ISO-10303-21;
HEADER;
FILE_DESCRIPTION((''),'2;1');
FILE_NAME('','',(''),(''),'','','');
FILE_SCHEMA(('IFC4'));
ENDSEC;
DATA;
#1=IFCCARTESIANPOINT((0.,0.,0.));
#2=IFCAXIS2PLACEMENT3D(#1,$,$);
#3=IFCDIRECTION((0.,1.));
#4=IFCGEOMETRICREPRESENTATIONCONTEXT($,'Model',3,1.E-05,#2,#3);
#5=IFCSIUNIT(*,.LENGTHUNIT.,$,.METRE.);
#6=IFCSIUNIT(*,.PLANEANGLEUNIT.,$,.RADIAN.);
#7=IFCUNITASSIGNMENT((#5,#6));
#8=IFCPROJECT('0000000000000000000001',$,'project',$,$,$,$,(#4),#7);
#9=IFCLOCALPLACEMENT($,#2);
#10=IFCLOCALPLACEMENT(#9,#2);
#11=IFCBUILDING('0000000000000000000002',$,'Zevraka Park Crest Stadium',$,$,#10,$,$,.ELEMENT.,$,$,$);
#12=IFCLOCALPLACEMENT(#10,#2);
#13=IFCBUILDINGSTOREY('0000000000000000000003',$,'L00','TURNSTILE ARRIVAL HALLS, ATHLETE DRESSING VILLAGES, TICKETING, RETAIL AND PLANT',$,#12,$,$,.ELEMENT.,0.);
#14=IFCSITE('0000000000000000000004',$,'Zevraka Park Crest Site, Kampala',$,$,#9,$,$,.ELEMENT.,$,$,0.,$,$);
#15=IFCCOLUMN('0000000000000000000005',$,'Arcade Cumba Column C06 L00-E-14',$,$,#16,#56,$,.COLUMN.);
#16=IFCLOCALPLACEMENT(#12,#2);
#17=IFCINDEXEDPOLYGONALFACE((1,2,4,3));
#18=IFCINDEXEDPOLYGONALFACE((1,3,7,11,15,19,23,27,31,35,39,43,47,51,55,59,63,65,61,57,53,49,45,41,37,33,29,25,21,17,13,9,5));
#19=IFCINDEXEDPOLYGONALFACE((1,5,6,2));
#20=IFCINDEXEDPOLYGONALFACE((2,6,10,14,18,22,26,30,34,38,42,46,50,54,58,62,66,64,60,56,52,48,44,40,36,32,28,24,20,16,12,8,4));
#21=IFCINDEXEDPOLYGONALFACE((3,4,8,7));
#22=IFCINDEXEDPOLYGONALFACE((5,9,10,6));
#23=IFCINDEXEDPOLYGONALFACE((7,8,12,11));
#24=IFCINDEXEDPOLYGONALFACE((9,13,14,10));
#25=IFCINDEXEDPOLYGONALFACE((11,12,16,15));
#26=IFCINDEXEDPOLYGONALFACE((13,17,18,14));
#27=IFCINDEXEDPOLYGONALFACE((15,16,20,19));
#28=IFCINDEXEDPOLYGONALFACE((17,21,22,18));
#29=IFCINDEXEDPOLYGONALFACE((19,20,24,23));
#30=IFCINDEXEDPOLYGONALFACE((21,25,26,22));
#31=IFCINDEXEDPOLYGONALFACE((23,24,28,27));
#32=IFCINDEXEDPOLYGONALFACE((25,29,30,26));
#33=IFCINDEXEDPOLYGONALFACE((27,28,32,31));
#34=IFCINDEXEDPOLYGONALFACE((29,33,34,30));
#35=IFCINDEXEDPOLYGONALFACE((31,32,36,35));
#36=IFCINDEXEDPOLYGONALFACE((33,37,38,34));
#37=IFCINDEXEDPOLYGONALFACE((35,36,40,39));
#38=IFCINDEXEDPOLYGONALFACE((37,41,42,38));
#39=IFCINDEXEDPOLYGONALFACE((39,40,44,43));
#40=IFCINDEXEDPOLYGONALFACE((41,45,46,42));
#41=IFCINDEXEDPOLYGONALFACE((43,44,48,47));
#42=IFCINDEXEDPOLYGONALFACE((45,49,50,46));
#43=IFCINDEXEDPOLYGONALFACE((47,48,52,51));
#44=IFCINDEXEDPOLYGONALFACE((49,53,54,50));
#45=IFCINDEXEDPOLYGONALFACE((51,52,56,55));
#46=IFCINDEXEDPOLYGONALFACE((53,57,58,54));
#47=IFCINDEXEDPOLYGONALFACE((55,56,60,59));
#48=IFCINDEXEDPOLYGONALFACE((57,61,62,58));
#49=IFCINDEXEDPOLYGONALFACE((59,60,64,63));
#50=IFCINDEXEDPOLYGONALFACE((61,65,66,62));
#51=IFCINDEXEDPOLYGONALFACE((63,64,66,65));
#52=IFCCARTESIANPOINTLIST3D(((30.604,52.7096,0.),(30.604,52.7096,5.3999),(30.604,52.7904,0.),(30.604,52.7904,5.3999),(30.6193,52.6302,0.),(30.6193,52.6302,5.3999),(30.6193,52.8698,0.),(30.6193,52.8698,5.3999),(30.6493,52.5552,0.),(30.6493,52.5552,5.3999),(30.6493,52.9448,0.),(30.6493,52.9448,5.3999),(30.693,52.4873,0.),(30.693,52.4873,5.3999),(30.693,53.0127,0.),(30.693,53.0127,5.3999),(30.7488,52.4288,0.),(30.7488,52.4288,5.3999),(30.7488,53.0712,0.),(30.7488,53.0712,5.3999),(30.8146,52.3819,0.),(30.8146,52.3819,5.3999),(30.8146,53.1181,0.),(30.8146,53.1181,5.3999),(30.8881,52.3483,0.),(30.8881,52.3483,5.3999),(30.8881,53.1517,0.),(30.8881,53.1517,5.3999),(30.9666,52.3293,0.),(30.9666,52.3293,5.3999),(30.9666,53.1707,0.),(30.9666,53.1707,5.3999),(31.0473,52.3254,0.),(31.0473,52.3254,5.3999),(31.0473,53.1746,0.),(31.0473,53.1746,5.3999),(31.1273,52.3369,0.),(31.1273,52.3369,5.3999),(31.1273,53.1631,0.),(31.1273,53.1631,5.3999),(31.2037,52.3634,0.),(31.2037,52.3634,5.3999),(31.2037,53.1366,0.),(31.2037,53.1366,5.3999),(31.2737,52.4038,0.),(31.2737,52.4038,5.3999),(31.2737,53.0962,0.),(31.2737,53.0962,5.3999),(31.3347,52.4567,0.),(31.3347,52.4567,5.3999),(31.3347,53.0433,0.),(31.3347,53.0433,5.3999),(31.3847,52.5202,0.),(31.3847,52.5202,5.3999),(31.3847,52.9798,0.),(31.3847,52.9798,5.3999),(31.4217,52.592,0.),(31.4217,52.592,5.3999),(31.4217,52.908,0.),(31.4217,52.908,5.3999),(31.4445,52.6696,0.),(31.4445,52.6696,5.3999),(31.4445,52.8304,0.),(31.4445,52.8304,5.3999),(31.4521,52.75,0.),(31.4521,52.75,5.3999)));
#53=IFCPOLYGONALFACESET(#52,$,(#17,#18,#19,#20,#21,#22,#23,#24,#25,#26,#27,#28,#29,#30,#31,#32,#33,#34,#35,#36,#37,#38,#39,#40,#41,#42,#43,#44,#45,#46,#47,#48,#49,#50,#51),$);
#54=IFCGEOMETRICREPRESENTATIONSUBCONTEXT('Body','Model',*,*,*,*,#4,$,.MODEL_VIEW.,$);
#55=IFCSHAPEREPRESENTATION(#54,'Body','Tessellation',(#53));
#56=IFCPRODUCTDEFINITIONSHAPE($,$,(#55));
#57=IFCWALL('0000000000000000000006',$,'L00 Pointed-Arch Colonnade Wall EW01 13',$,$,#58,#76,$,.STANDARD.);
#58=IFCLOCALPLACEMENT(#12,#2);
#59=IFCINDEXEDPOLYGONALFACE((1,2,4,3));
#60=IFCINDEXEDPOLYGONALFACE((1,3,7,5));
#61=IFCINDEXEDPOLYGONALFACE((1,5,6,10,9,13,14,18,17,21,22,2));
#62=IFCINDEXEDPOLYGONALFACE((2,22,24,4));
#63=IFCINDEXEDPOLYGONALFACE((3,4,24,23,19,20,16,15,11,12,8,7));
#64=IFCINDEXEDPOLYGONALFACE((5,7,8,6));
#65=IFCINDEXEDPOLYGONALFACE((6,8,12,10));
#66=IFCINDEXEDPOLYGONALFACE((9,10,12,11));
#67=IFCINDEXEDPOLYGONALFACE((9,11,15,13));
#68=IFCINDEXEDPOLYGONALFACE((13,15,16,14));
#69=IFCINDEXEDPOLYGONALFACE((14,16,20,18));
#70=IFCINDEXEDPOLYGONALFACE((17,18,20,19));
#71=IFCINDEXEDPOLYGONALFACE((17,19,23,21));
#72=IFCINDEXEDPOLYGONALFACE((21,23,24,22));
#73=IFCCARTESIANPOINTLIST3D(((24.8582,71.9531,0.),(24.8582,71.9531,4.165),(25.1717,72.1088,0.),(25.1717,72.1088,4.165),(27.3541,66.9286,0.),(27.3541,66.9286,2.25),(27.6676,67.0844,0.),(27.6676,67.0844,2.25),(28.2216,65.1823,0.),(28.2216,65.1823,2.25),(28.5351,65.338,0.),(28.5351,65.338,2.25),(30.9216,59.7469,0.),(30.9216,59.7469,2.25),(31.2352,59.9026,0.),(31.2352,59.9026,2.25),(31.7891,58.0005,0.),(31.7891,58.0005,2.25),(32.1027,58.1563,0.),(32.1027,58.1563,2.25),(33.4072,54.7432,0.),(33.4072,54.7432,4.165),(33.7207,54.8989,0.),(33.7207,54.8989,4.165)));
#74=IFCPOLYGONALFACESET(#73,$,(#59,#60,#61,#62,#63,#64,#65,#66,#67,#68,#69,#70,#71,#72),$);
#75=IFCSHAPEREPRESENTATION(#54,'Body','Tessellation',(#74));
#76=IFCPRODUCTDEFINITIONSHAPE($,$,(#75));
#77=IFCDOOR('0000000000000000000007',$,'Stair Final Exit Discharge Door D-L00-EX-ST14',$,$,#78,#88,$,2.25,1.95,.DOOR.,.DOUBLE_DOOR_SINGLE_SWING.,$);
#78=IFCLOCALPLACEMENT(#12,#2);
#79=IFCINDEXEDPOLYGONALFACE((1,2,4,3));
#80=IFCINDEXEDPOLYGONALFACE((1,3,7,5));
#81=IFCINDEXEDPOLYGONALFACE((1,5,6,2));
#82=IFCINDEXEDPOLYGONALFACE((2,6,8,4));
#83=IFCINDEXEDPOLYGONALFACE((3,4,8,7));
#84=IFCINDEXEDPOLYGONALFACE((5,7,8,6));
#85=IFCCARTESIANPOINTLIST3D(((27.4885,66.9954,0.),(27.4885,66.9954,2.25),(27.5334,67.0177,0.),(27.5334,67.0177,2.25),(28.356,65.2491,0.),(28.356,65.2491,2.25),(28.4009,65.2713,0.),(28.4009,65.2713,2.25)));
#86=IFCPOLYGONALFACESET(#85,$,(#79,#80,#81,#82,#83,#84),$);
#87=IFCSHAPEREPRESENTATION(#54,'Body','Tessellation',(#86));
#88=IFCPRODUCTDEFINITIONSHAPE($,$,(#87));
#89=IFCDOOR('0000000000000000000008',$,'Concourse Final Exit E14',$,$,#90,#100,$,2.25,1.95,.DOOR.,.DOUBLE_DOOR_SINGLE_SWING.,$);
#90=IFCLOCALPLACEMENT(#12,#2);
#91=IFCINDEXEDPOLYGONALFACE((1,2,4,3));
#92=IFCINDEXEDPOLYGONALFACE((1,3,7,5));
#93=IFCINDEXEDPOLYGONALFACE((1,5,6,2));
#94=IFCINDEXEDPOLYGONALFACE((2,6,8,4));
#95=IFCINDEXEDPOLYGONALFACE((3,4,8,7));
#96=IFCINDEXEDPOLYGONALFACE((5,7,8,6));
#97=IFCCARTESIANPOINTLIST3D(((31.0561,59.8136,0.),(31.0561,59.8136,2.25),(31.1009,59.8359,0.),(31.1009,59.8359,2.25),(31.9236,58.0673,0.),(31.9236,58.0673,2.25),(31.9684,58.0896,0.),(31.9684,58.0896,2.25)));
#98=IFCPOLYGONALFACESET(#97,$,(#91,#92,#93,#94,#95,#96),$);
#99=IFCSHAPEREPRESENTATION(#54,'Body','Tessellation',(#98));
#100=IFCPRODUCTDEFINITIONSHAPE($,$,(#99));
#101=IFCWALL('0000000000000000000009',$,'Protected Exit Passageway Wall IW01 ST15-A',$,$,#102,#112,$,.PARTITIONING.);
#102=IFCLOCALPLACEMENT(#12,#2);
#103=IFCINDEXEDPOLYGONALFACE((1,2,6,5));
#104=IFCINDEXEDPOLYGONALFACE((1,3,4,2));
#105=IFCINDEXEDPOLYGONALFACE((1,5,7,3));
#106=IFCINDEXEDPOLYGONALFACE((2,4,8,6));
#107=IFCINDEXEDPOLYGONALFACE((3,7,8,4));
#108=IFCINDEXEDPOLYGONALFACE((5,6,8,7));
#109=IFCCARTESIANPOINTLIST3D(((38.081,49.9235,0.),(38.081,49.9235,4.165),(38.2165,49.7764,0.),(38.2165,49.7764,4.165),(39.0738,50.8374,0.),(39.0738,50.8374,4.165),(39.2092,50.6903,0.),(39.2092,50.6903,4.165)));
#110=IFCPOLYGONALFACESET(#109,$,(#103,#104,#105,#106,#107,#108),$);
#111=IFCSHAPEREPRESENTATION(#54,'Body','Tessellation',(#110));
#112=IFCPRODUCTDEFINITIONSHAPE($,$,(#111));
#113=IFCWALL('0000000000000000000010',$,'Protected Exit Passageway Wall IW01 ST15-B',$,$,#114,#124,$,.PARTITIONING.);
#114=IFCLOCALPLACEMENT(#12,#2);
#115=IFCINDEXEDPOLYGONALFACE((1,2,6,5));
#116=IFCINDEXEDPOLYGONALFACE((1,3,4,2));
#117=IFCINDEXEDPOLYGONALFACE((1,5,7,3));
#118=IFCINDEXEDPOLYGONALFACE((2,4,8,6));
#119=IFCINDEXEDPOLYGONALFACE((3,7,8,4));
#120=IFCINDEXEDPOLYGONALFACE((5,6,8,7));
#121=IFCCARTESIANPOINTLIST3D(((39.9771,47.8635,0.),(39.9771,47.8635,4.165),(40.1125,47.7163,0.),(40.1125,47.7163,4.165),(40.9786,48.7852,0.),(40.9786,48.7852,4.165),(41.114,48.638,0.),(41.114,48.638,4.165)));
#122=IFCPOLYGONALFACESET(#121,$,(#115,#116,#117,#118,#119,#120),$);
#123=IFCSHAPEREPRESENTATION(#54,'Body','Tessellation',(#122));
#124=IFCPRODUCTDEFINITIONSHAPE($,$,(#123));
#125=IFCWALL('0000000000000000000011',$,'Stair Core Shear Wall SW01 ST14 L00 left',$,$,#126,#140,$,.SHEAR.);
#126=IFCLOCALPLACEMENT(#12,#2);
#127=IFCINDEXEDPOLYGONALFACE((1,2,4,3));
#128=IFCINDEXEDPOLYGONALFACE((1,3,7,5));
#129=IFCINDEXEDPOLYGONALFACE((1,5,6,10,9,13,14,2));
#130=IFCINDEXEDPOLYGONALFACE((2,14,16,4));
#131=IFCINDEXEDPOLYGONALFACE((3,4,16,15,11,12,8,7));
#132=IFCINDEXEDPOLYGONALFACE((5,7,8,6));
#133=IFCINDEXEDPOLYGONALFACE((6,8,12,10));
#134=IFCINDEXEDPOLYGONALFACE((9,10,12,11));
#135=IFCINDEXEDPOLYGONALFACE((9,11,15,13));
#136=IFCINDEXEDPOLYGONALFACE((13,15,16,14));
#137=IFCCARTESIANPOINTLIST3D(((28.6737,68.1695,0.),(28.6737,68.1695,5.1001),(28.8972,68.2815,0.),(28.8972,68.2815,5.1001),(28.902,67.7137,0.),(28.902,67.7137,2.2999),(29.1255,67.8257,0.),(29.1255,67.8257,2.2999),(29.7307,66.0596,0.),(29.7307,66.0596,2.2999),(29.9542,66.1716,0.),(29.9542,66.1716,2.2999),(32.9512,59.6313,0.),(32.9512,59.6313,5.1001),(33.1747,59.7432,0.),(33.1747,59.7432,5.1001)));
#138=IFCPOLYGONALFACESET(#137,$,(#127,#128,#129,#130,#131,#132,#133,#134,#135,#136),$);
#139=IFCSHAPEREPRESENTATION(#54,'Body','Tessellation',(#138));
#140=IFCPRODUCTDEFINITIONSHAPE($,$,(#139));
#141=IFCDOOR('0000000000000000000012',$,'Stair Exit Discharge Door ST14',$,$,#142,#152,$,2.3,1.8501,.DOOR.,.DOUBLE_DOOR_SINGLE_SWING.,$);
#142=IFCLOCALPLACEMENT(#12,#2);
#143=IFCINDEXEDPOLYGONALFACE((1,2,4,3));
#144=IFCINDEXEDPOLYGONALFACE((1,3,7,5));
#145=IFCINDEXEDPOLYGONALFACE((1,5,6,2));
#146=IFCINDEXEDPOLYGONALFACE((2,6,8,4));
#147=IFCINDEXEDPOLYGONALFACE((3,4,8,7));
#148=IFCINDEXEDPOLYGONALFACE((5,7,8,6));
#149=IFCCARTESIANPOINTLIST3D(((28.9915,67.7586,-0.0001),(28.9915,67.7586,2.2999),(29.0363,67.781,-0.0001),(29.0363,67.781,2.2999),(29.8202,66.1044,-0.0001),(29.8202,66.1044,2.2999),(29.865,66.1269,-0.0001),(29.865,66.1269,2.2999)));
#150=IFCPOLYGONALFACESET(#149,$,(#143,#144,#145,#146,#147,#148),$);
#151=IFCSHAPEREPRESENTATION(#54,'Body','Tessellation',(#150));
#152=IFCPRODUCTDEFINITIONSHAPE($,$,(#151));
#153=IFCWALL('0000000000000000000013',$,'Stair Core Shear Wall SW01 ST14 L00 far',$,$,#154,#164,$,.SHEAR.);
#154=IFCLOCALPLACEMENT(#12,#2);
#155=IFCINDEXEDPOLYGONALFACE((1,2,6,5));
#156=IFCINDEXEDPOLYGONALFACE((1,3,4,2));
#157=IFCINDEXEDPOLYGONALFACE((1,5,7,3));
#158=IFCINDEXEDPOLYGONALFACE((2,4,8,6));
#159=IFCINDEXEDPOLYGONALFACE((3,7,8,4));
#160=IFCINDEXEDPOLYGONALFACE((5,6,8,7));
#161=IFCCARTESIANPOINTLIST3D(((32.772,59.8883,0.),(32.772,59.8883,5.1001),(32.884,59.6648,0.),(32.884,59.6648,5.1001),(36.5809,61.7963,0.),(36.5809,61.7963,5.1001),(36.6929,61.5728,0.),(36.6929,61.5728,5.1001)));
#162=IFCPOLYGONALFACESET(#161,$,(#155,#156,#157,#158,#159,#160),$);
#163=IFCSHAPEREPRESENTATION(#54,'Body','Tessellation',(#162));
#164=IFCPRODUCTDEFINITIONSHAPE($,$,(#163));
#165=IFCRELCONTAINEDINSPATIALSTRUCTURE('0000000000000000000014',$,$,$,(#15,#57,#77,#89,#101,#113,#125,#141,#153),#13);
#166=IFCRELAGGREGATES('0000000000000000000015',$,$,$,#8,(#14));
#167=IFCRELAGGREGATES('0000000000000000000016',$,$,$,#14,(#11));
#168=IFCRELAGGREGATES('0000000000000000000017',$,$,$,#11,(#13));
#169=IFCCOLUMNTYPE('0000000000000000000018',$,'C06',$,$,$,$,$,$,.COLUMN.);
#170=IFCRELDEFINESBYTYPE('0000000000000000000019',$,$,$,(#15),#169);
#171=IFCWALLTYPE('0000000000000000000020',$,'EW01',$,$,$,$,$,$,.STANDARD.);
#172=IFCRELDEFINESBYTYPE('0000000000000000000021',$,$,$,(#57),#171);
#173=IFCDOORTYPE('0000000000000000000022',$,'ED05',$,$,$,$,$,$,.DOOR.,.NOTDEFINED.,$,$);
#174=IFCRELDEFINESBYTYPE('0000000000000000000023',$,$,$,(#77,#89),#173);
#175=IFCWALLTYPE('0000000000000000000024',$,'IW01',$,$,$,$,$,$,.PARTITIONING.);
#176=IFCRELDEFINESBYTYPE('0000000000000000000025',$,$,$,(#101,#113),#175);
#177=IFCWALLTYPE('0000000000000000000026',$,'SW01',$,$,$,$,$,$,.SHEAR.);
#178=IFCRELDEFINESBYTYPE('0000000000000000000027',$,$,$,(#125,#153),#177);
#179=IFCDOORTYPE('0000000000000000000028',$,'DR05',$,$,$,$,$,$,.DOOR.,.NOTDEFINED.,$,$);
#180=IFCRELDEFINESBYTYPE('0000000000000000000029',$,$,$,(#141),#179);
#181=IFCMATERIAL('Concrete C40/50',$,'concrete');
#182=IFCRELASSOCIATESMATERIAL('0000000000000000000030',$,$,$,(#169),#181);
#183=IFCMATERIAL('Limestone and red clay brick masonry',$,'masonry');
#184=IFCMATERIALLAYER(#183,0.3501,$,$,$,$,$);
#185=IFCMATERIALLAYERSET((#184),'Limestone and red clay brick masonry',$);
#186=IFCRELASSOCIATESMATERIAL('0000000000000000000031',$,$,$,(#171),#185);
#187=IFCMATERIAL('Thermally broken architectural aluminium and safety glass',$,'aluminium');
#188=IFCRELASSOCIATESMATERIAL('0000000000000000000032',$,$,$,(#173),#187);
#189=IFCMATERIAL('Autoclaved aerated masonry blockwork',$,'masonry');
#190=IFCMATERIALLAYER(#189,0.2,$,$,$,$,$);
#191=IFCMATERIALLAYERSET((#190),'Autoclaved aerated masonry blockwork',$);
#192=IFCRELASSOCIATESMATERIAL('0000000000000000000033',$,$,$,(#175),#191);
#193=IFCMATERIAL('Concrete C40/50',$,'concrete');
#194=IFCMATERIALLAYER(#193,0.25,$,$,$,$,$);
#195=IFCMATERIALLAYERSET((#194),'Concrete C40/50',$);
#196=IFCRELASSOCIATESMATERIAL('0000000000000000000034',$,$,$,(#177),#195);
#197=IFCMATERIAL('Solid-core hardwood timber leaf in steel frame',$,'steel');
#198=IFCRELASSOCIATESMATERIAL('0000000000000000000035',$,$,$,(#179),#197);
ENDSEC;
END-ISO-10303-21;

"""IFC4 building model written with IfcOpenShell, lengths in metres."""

from ifc_helpers import new_model, si_unit, direction, frame, frame_2d, origin, origin_2d, place, context, subcontext, project, spatial, rectangle, circle, extrude, material, layer, layer_set, material_profile, profile_set, type_object, element, fill, save


model = new_model("IFC4")

# Units and contexts
model_context = context("Model", 3, precision=1e-05, world=origin(), true_north=direction((0.0, 1.0)))
body_context = subcontext(model_context, "Body", "Model", "MODEL_VIEW")
ifc_project = project(units=[si_unit("LENGTHUNIT", "METRE"), si_unit("PLANEANGLEUNIT", "RADIAN")], contexts=[model_context])

# Site, building, storey
site_placement = place(None, origin())
site = spatial("IfcSite", under=ifc_project, at=site_placement, Name="Zevraka Park Crest Site, Kampala", CompositionType="ELEMENT", RefElevation=0.0)
building_placement = place(site_placement, origin())
building = spatial("IfcBuilding", under=site, at=building_placement, Name="Zevraka Park Crest Stadium", CompositionType="ELEMENT")
storey_placement = place(building_placement, origin())
storey = spatial("IfcBuildingStorey", under=building, at=storey_placement, Name="L00", Description="TURNSTILE ARRIVAL HALLS, ATHLETE DRESSING VILLAGES, TICKETING, RETAIL AND PLANT", CompositionType="ELEMENT", Elevation=0.0)

# Column
ifc_material_1 = material(Name="Concrete C40/50", Category="concrete")
ifc_material_profile_1 = material_profile(ifc_material_1, circle(Radius=0.425, at=origin_2d()), Name="RC D850")
ifc_profile_set_1 = profile_set([ifc_material_profile_1], Name="Concrete C40/50")
column_type_1 = type_object("IfcColumnType", Name="C06", PredefinedType="COLUMN", material=ifc_profile_set_1)
column_1_placement = place(storey_placement, frame((31.0271, 52.75, 0.0), z_axis=(0.0, 0.0, 1.0), x_axis=(1.0, 0.0, 0.0)))
element("IfcColumn", 1, at=column_1_placement, inside=storey, type_object=column_type_1, Name="Arcade Cumba Column C06 L00-E-14", PredefinedType="COLUMN", context=body_context, shape_type="SweptSolid", body=[
    extrude(circle(Radius=0.425, at=origin_2d()), origin(), (0.0, 0.0, 1.0), 5.3999),
])

# Wall, openings, doors
ifc_material_2 = material(Name="Limestone and red clay brick masonry", Category="masonry")
ifc_layer_1 = layer(ifc_material_2, 0.3501)
ifc_layer_set_1 = layer_set([ifc_layer_1], Name="Limestone and red clay brick masonry")
wall_type_1 = type_object("IfcWallType", Name="EW01", PredefinedType="STANDARD", material=ifc_layer_set_1)
wall_1_placement = place(storey_placement, frame((33.564, 54.821, 0.0), z_axis=(0.0, 0.0, 1.0), x_axis=(-0.444885, 0.895588, 0.0)))
wall_1 = element("IfcWall", 2, at=wall_1_placement, inside=storey, type_object=wall_type_1, Name="L00 Pointed-Arch Colonnade Wall EW01 13", PredefinedType="STANDARD", context=body_context, shape_type="SweptSolid", body=[
    extrude(rectangle(XDim=19.2163, YDim=0.3501, at=frame_2d((9.6082, 0.0))), origin(), (0.0, 0.0, 1.0), 4.165),
])
opening_1_placement = place(wall_1_placement, frame((11.656, 0.0, 0.0)))
opening_1 = element("IfcOpeningElement", 3, at=opening_1_placement, cuts=wall_1, PredefinedType="OPENING", context=body_context, shape_type="SweptSolid", body=[
    extrude(rectangle(XDim=1.95, YDim=2.25, at=frame_2d((0.9751, 1.125))), frame((0.0, 0.1851, 0.0), z_axis=(0.0, -1.0, 0.0), x_axis=(1.0, 0.0, 0.0)), (0.0, 0.0, 1.0), 0.3701),
])
opening_2_placement = place(wall_1_placement, frame((3.637, 0.0, 0.0)))
opening_2 = element("IfcOpeningElement", 4, at=opening_2_placement, cuts=wall_1, PredefinedType="OPENING", context=body_context, shape_type="SweptSolid", body=[
    extrude(rectangle(XDim=1.95, YDim=2.25, at=frame_2d((0.9751, 1.125))), frame((0.0, 0.1851, 0.0), z_axis=(0.0, -1.0, 0.0), x_axis=(1.0, 0.0, 0.0)), (0.0, 0.0, 1.0), 0.3701),
])
ifc_material_3 = material(Name="Thermally broken architectural aluminium and safety glass", Category="aluminium")
door_type_1 = type_object("IfcDoorType", Name="ED05", OperationType="NOTDEFINED", PredefinedType="DOOR", material=ifc_material_3)
door_1_placement = place(opening_1_placement, origin())
door_1 = element("IfcDoor", 5, at=door_1_placement, inside=storey, type_object=door_type_1, Name="Stair Final Exit Discharge Door D-L00-EX-ST14", OperationType="DOUBLE_DOOR_SINGLE_SWING", OverallHeight=2.25, OverallWidth=1.95, PredefinedType="DOOR", context=body_context, shape_type="SweptSolid", body=[
    extrude(rectangle(XDim=1.95, YDim=2.25, at=frame_2d((0.9751, 1.125))), frame((0.0, 0.0249, 0.0), z_axis=(0.0, -1.0, 0.0), x_axis=(1.0, 0.0, 0.0)), (0.0, 0.0, 1.0), 0.05),
])
fill(opening_1, door_1)
door_2_placement = place(opening_2_placement, origin())
door_2 = element("IfcDoor", 6, at=door_2_placement, inside=storey, type_object=door_type_1, Name="Concourse Final Exit E14", OperationType="DOUBLE_DOOR_SINGLE_SWING", OverallHeight=2.25, OverallWidth=1.95, PredefinedType="DOOR", context=body_context, shape_type="SweptSolid", body=[
    extrude(rectangle(XDim=1.95, YDim=2.25, at=frame_2d((0.9751, 1.125))), frame((0.0, 0.0249, 0.0), z_axis=(0.0, -1.0, 0.0), x_axis=(1.0, 0.0, 0.0)), (0.0, 0.0, 1.0), 0.05),
])
fill(opening_2, door_2)

# Walls
ifc_material_4 = material(Name="Autoclaved aerated masonry blockwork", Category="masonry")
ifc_layer_2 = layer(ifc_material_4, 0.2)
ifc_layer_set_2 = layer_set([ifc_layer_2], Name="Autoclaved aerated masonry blockwork")
wall_type_2 = type_object("IfcWallType", Name="IW01", PredefinedType="PARTITIONING", material=ifc_layer_set_2)
wall_2_placement = place(storey_placement, frame((39.1416, 50.7639, 0.0), z_axis=(0.0, 0.0, 1.0), x_axis=(-0.735725, -0.67728, 0.0)))
element("IfcWall", 7, at=wall_2_placement, inside=storey, type_object=wall_type_2, Name="Protected Exit Passageway Wall IW01 ST15-A", PredefinedType="PARTITIONING", context=body_context, shape_type="SweptSolid", body=[
    extrude(rectangle(XDim=1.3494, YDim=0.2, at=frame_2d((0.6748, 0.0))), origin(), (0.0, 0.0, 1.0), 4.165),
])
wall_3_placement = place(storey_placement, frame((41.0464, 48.7117, 0.0), z_axis=(0.0, 0.0, 1.0), x_axis=(-0.735827, -0.677169, 0.0)))
element("IfcWall", 8, at=wall_3_placement, inside=storey, type_object=wall_type_2, Name="Protected Exit Passageway Wall IW01 ST15-B", PredefinedType="PARTITIONING", context=body_context, shape_type="SweptSolid", body=[
    extrude(rectangle(XDim=1.3611, YDim=0.2, at=frame_2d((0.6807, 0.0))), origin(), (0.0, 0.0, 1.0), 4.165),
])

# Wall, opening, door
ifc_material_5 = material(Name="Concrete C40/50", Category="concrete")
ifc_layer_3 = layer(ifc_material_5, 0.25)
ifc_layer_set_3 = layer_set([ifc_layer_3], Name="Concrete C40/50")
wall_type_3 = type_object("IfcWallType", Name="SW01", PredefinedType="SHEAR", material=ifc_layer_set_3)
wall_4_placement = place(storey_placement, frame((33.063, 59.6873, 0.0), z_axis=(0.0, 0.0, 1.0), x_axis=(-0.447919, 0.894074, 0.0)))
wall_4 = element("IfcWall", 9, at=wall_4_placement, inside=storey, type_object=wall_type_3, Name="Stair Core Shear Wall SW01 ST14 L00 left", PredefinedType="SHEAR", context=body_context, shape_type="SweptSolid", body=[
    extrude(rectangle(XDim=9.5498, YDim=0.25, at=frame_2d((4.7749, 0.0))), origin(), (0.0, 0.0, 1.0), 5.1001),
])
opening_3_placement = place(wall_4_placement, frame((7.1899, 0.0, 0.0)))
opening_3 = element("IfcOpeningElement", 10, at=opening_3_placement, cuts=wall_4, PredefinedType="OPENING", context=body_context, shape_type="SweptSolid", body=[
    extrude(rectangle(XDim=1.8501, YDim=2.3, at=frame_2d((0.925, 1.1499))), frame((0.0, 0.135, 0.0), z_axis=(0.0, -1.0, 0.0), x_axis=(1.0, 0.0, 0.0)), (0.0, 0.0, 1.0), 0.27),
])
ifc_material_6 = material(Name="Solid-core hardwood timber leaf in steel frame", Category="steel")
door_type_2 = type_object("IfcDoorType", Name="DR05", OperationType="NOTDEFINED", PredefinedType="DOOR", material=ifc_material_6)
door_3_placement = place(opening_3_placement, origin())
door_3 = element("IfcDoor", 11, at=door_3_placement, inside=storey, type_object=door_type_2, Name="Stair Exit Discharge Door ST14", OperationType="DOUBLE_DOOR_SINGLE_SWING", OverallHeight=2.3, OverallWidth=1.8501, PredefinedType="DOOR", context=body_context, shape_type="SweptSolid", body=[
    extrude(rectangle(XDim=1.8501, YDim=2.3, at=frame_2d((0.925, 1.1499))), frame((0.0, 0.0249, 0.0), z_axis=(0.0, -1.0, 0.0), x_axis=(1.0, 0.0, 0.0)), (0.0, 0.0, 1.0), 0.05),
])
fill(opening_3, door_3)

# Wall
wall_5_placement = place(storey_placement, frame((32.8281, 59.7766, 0.0), z_axis=(0.0, 0.0, 1.0), x_axis=(0.894095, 0.447878, 0.0)))
element("IfcWall", 12, at=wall_5_placement, inside=storey, type_object=wall_type_3, Name="Stair Core Shear Wall SW01 ST14 L00 far", PredefinedType="SHEAR", context=body_context, shape_type="SweptSolid", body=[
    extrude(rectangle(XDim=4.26, YDim=0.25, at=frame_2d((2.1299, 0.0))), origin(), (0.0, 0.0, 1.0), 5.1001),
])

save(model, "model.ifc")
